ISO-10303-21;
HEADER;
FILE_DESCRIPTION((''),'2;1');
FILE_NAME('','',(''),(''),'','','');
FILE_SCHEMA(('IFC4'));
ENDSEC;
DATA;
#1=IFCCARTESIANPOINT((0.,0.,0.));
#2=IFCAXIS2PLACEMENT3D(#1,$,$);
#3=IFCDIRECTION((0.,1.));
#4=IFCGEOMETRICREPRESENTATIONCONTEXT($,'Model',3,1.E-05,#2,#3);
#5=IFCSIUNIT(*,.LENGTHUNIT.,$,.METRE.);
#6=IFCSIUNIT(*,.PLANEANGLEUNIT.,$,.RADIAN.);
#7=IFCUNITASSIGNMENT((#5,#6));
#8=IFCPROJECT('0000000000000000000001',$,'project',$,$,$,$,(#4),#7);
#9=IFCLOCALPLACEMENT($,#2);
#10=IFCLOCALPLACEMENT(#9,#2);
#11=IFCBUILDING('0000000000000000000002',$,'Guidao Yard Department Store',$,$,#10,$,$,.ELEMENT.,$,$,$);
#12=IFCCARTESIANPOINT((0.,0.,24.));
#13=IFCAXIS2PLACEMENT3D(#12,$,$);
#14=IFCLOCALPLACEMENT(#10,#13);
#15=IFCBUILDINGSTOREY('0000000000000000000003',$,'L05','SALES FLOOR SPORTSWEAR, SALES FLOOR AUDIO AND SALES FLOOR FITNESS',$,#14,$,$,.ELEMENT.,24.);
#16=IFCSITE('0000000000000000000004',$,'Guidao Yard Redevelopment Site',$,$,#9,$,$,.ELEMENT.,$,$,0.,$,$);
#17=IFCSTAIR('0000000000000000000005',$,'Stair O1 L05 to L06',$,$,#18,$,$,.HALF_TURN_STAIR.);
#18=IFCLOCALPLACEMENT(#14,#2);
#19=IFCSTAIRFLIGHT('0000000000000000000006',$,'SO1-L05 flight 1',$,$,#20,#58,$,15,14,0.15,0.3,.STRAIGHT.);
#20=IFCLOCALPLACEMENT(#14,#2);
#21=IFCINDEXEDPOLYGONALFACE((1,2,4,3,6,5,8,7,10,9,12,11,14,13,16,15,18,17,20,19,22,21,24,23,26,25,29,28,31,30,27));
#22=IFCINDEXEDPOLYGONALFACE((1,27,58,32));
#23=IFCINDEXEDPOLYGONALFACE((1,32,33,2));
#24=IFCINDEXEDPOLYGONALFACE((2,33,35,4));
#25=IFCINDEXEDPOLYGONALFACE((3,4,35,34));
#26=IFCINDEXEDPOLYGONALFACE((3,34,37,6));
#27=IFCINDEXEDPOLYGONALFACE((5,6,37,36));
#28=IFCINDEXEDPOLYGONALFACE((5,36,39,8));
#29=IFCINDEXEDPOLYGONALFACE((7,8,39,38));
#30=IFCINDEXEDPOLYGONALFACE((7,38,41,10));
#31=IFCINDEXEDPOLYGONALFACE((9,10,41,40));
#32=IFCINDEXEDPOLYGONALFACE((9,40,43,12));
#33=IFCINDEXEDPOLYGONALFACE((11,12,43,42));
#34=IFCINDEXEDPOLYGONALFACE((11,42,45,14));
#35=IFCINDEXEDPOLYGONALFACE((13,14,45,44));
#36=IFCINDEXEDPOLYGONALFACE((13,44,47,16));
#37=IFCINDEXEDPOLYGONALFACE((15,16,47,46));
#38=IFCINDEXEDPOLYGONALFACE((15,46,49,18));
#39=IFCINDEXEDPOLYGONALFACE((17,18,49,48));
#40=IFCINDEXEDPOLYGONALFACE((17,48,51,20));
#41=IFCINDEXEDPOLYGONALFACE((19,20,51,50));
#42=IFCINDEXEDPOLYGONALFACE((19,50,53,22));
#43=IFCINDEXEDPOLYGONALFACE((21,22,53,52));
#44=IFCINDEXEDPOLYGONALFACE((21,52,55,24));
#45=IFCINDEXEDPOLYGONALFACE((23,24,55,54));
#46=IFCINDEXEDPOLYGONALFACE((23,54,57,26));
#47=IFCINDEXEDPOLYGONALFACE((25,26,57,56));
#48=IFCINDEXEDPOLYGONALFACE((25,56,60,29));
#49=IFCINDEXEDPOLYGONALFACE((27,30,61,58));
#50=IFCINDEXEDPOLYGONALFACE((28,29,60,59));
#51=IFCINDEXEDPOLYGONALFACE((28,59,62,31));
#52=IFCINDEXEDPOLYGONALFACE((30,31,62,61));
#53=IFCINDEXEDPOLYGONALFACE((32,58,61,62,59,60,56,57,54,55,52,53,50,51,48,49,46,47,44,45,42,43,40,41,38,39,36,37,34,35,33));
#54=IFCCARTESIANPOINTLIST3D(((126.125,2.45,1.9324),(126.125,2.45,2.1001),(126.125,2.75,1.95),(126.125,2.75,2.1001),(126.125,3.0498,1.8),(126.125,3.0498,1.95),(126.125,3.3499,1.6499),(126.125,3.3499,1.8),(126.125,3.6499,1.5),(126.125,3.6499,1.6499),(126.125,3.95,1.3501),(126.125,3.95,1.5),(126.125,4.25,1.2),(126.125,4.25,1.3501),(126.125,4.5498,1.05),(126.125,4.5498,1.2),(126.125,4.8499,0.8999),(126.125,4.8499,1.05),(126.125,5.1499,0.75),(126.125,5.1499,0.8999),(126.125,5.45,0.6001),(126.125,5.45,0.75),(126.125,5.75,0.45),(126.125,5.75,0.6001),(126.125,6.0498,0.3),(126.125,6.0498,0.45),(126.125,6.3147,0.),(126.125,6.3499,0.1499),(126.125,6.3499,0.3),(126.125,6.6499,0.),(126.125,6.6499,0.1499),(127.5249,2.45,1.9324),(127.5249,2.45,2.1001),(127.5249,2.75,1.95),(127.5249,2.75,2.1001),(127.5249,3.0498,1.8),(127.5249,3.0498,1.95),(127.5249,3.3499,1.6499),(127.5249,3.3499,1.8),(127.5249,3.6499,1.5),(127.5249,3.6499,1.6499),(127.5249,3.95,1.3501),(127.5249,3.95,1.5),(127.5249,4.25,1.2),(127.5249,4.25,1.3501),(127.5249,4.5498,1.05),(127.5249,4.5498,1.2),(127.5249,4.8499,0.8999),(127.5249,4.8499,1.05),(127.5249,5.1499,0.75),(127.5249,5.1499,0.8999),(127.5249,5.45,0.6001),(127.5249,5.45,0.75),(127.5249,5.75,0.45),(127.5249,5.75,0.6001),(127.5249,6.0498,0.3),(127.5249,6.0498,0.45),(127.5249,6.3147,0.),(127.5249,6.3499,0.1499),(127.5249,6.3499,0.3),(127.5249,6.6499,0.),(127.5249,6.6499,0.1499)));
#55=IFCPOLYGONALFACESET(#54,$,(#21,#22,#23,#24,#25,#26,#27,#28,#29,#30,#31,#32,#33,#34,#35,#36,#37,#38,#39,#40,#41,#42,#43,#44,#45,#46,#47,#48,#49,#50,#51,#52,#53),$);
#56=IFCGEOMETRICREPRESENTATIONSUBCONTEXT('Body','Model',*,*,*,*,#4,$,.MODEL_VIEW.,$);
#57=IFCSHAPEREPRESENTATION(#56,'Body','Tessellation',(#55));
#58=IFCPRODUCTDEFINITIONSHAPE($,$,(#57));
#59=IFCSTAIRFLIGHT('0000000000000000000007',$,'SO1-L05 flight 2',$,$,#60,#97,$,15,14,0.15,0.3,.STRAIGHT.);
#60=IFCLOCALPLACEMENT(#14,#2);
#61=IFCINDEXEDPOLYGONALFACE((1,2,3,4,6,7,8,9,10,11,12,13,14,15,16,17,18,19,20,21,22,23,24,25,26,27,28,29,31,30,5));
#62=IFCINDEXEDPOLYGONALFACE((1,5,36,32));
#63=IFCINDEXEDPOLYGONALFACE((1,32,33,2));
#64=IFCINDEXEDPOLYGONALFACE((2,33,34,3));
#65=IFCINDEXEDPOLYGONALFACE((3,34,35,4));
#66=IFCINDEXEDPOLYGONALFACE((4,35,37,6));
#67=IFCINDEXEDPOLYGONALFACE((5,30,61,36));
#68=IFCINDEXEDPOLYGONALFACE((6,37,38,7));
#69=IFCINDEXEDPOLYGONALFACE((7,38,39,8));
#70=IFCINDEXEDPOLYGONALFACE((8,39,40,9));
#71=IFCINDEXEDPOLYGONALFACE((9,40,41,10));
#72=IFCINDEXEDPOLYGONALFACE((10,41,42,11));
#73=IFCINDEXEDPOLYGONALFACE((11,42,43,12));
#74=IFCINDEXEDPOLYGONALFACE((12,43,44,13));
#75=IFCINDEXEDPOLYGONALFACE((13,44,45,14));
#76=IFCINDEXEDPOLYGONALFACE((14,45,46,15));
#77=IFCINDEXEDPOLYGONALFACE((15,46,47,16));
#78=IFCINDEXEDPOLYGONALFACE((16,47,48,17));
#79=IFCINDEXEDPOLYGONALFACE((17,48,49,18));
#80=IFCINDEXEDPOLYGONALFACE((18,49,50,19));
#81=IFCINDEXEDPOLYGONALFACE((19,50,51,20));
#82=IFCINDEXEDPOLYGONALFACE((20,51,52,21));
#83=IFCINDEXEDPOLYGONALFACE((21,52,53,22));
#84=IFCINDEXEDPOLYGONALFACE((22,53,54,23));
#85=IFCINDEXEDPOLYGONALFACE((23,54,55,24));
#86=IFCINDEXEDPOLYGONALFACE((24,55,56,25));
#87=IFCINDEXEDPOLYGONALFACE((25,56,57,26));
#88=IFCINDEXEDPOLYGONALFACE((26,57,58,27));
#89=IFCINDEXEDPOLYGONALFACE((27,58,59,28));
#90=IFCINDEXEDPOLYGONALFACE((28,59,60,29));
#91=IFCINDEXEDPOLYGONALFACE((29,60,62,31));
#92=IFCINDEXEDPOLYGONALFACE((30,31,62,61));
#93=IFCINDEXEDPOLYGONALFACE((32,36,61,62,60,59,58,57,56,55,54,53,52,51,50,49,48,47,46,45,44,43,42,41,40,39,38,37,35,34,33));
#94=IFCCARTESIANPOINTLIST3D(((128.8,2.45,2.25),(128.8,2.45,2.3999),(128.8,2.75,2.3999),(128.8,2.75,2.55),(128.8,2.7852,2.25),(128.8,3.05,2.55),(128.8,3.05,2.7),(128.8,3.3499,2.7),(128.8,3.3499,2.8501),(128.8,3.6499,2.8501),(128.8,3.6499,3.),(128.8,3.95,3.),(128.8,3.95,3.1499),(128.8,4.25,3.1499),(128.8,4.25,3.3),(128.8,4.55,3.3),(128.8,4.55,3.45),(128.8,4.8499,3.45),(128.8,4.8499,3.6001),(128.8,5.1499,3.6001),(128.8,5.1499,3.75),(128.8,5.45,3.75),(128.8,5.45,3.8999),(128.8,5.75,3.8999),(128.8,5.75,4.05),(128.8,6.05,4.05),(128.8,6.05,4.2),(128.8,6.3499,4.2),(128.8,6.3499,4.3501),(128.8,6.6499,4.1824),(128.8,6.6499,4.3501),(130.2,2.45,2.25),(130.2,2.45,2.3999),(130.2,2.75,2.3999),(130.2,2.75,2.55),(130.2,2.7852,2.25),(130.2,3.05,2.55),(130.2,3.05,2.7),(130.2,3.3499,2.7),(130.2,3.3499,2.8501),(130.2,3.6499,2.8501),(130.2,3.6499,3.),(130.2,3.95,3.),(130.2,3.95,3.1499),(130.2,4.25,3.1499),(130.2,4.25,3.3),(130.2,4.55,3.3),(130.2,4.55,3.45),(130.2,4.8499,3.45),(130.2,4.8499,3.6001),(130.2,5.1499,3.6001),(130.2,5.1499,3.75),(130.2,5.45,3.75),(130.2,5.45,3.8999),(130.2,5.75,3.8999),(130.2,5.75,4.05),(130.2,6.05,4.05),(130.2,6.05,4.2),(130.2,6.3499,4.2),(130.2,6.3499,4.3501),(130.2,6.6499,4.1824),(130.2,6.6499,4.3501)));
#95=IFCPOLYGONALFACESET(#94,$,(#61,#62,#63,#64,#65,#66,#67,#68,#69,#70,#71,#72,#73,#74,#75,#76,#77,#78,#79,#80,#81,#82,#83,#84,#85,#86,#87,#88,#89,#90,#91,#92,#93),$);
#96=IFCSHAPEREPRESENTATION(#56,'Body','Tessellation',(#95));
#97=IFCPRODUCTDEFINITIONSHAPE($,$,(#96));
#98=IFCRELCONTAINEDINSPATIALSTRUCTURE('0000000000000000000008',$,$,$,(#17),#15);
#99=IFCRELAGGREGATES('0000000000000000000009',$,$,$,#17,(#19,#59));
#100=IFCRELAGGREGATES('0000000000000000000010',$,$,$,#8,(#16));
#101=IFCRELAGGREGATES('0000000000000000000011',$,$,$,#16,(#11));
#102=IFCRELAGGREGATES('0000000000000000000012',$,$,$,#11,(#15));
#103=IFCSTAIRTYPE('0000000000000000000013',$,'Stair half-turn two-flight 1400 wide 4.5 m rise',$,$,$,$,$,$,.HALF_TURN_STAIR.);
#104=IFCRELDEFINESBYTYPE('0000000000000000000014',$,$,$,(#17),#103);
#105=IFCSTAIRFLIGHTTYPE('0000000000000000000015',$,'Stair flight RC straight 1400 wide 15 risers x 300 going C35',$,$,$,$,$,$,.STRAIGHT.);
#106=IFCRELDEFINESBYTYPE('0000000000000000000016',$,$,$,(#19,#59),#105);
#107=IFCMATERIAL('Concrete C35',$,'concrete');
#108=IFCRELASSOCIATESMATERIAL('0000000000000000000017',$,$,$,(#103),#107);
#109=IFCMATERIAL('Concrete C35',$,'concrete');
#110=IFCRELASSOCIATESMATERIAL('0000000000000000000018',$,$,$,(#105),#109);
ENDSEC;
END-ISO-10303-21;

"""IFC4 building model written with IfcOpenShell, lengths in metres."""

from ifc_helpers import new_model, si_unit, direction, frame, origin, place, context, subcontext, project, spatial, polyline, outline, extrude, material, type_object, element, aggregate, save


model = new_model("IFC4")

# Units and contexts
model_context = context("Model", 3, precision=1e-05, world=origin(), true_north=direction((0.0, 1.0)))
body_context = subcontext(model_context, "Body", "Model", "MODEL_VIEW")
ifc_project = project(units=[si_unit("LENGTHUNIT", "METRE"), si_unit("PLANEANGLEUNIT", "RADIAN")], contexts=[model_context])

# Site, building, storey
site_placement = place(None, origin())
site = spatial("IfcSite", under=ifc_project, at=site_placement, Name="Guidao Yard Redevelopment Site", CompositionType="ELEMENT", RefElevation=0.0)
building_placement = place(site_placement, origin())
building = spatial("IfcBuilding", under=site, at=building_placement, Name="Guidao Yard Department Store", CompositionType="ELEMENT")
storey_placement = place(building_placement, frame((0.0, 0.0, 24.0)))
storey = spatial("IfcBuildingStorey", under=building, at=storey_placement, Name="L05", Description="SALES FLOOR SPORTSWEAR, SALES FLOOR AUDIO AND SALES FLOOR FITNESS", CompositionType="ELEMENT", Elevation=24.0)

# Stair, stair flights
ifc_material_1 = material(Name="Concrete C35", Category="concrete")
stair_type = type_object("IfcStairType", Name="Stair half-turn two-flight 1400 wide 4.5 m rise", PredefinedType="HALF_TURN_STAIR", material=ifc_material_1)
stair_placement = place(storey_placement, origin())
stair = element("IfcStair", 1, at=stair_placement, inside=storey, type_object=stair_type, Name="Stair O1 L05 to L06", PredefinedType="HALF_TURN_STAIR")
ifc_material_2 = material(Name="Concrete C35", Category="concrete")
stair_flight_type = type_object("IfcStairFlightType", Name="Stair flight RC straight 1400 wide 15 risers x 300 going C35", PredefinedType="STRAIGHT", material=ifc_material_2)
stair_flight_1_placement = place(storey_placement, frame((126.825, 6.6499, 0.0), z_axis=(0.0, 0.0, 1.0), x_axis=(0.0, -1.0, 0.0)))
stair_flight_1 = element("IfcStairFlight", 2, at=stair_flight_1_placement, type_object=stair_flight_type, Name="SO1-L05 flight 1", NumberOfRisers=15, NumberOfTreads=14, PredefinedType="STRAIGHT", RiserHeight=0.15, TreadLength=0.3, context=body_context, shape_type="SweptSolid", body=[
    extrude(outline(polyline([(0.0, 0.0), (0.0, 0.1499), (0.3, 0.1499), (0.3, 0.3), (0.6001, 0.3), (0.6001, 0.45), (0.8999, 0.45), (0.8999, 0.6001), (1.2, 0.6001), (1.2, 0.75), (1.5, 0.75), (1.5, 0.8999), (1.8, 0.8999), (1.8, 1.05), (2.1001, 1.05), (2.1001, 1.2), (2.3999, 1.2), (2.3999, 1.3501), (2.7, 1.3501), (2.7, 1.5), (3.0, 1.5), (3.0, 1.6499), (3.3, 1.6499), (3.3, 1.8), (3.6001, 1.8), (3.6001, 1.95), (3.8999, 1.95), (3.8999, 2.1001), (4.2, 2.1001), (4.2, 2.25), (4.2, 1.9324), (0.3352, 0.0), (0.0, 0.0)])), frame((0.0, 0.7, 0.0), z_axis=(0.0, -1.0, 0.0), x_axis=(1.0, 0.0, 0.0)), (0.0, 0.0, 1.0), 1.3999),
])
stair_flight_2_placement = place(storey_placement, frame((129.5, 2.45, 2.25), z_axis=(0.0, 0.0, 1.0), x_axis=(0.0, 1.0, 0.0)))
stair_flight_2 = element("IfcStairFlight", 3, at=stair_flight_2_placement, type_object=stair_flight_type, Name="SO1-L05 flight 2", NumberOfRisers=15, NumberOfTreads=14, PredefinedType="STRAIGHT", RiserHeight=0.15, TreadLength=0.3, context=body_context, shape_type="SweptSolid", body=[
    extrude(outline(polyline([(0.0, 0.0), (0.0, 0.1499), (0.3, 0.1499), (0.3, 0.3), (0.6001, 0.3), (0.6001, 0.45), (0.8999, 0.45), (0.8999, 0.6001), (1.2, 0.6001), (1.2, 0.75), (1.5, 0.75), (1.5, 0.8999), (1.8, 0.8999), (1.8, 1.05), (2.1001, 1.05), (2.1001, 1.2), (2.3999, 1.2), (2.3999, 1.3501), (2.7, 1.3501), (2.7, 1.5), (3.0, 1.5), (3.0, 1.6499), (3.3, 1.6499), (3.3, 1.8), (3.6001, 1.8), (3.6001, 1.95), (3.8999, 1.95), (3.8999, 2.1001), (4.2, 2.1001), (4.2, 2.25), (4.2, 1.9324), (0.3352, 0.0), (0.0, 0.0)])), frame((0.0, 0.7, 0.0), z_axis=(0.0, -1.0, 0.0), x_axis=(1.0, 0.0, 0.0)), (0.0, 0.0, 1.0), 1.3999),
])
aggregate(stair, [stair_flight_1, stair_flight_2])

save(model, "model.ifc")
